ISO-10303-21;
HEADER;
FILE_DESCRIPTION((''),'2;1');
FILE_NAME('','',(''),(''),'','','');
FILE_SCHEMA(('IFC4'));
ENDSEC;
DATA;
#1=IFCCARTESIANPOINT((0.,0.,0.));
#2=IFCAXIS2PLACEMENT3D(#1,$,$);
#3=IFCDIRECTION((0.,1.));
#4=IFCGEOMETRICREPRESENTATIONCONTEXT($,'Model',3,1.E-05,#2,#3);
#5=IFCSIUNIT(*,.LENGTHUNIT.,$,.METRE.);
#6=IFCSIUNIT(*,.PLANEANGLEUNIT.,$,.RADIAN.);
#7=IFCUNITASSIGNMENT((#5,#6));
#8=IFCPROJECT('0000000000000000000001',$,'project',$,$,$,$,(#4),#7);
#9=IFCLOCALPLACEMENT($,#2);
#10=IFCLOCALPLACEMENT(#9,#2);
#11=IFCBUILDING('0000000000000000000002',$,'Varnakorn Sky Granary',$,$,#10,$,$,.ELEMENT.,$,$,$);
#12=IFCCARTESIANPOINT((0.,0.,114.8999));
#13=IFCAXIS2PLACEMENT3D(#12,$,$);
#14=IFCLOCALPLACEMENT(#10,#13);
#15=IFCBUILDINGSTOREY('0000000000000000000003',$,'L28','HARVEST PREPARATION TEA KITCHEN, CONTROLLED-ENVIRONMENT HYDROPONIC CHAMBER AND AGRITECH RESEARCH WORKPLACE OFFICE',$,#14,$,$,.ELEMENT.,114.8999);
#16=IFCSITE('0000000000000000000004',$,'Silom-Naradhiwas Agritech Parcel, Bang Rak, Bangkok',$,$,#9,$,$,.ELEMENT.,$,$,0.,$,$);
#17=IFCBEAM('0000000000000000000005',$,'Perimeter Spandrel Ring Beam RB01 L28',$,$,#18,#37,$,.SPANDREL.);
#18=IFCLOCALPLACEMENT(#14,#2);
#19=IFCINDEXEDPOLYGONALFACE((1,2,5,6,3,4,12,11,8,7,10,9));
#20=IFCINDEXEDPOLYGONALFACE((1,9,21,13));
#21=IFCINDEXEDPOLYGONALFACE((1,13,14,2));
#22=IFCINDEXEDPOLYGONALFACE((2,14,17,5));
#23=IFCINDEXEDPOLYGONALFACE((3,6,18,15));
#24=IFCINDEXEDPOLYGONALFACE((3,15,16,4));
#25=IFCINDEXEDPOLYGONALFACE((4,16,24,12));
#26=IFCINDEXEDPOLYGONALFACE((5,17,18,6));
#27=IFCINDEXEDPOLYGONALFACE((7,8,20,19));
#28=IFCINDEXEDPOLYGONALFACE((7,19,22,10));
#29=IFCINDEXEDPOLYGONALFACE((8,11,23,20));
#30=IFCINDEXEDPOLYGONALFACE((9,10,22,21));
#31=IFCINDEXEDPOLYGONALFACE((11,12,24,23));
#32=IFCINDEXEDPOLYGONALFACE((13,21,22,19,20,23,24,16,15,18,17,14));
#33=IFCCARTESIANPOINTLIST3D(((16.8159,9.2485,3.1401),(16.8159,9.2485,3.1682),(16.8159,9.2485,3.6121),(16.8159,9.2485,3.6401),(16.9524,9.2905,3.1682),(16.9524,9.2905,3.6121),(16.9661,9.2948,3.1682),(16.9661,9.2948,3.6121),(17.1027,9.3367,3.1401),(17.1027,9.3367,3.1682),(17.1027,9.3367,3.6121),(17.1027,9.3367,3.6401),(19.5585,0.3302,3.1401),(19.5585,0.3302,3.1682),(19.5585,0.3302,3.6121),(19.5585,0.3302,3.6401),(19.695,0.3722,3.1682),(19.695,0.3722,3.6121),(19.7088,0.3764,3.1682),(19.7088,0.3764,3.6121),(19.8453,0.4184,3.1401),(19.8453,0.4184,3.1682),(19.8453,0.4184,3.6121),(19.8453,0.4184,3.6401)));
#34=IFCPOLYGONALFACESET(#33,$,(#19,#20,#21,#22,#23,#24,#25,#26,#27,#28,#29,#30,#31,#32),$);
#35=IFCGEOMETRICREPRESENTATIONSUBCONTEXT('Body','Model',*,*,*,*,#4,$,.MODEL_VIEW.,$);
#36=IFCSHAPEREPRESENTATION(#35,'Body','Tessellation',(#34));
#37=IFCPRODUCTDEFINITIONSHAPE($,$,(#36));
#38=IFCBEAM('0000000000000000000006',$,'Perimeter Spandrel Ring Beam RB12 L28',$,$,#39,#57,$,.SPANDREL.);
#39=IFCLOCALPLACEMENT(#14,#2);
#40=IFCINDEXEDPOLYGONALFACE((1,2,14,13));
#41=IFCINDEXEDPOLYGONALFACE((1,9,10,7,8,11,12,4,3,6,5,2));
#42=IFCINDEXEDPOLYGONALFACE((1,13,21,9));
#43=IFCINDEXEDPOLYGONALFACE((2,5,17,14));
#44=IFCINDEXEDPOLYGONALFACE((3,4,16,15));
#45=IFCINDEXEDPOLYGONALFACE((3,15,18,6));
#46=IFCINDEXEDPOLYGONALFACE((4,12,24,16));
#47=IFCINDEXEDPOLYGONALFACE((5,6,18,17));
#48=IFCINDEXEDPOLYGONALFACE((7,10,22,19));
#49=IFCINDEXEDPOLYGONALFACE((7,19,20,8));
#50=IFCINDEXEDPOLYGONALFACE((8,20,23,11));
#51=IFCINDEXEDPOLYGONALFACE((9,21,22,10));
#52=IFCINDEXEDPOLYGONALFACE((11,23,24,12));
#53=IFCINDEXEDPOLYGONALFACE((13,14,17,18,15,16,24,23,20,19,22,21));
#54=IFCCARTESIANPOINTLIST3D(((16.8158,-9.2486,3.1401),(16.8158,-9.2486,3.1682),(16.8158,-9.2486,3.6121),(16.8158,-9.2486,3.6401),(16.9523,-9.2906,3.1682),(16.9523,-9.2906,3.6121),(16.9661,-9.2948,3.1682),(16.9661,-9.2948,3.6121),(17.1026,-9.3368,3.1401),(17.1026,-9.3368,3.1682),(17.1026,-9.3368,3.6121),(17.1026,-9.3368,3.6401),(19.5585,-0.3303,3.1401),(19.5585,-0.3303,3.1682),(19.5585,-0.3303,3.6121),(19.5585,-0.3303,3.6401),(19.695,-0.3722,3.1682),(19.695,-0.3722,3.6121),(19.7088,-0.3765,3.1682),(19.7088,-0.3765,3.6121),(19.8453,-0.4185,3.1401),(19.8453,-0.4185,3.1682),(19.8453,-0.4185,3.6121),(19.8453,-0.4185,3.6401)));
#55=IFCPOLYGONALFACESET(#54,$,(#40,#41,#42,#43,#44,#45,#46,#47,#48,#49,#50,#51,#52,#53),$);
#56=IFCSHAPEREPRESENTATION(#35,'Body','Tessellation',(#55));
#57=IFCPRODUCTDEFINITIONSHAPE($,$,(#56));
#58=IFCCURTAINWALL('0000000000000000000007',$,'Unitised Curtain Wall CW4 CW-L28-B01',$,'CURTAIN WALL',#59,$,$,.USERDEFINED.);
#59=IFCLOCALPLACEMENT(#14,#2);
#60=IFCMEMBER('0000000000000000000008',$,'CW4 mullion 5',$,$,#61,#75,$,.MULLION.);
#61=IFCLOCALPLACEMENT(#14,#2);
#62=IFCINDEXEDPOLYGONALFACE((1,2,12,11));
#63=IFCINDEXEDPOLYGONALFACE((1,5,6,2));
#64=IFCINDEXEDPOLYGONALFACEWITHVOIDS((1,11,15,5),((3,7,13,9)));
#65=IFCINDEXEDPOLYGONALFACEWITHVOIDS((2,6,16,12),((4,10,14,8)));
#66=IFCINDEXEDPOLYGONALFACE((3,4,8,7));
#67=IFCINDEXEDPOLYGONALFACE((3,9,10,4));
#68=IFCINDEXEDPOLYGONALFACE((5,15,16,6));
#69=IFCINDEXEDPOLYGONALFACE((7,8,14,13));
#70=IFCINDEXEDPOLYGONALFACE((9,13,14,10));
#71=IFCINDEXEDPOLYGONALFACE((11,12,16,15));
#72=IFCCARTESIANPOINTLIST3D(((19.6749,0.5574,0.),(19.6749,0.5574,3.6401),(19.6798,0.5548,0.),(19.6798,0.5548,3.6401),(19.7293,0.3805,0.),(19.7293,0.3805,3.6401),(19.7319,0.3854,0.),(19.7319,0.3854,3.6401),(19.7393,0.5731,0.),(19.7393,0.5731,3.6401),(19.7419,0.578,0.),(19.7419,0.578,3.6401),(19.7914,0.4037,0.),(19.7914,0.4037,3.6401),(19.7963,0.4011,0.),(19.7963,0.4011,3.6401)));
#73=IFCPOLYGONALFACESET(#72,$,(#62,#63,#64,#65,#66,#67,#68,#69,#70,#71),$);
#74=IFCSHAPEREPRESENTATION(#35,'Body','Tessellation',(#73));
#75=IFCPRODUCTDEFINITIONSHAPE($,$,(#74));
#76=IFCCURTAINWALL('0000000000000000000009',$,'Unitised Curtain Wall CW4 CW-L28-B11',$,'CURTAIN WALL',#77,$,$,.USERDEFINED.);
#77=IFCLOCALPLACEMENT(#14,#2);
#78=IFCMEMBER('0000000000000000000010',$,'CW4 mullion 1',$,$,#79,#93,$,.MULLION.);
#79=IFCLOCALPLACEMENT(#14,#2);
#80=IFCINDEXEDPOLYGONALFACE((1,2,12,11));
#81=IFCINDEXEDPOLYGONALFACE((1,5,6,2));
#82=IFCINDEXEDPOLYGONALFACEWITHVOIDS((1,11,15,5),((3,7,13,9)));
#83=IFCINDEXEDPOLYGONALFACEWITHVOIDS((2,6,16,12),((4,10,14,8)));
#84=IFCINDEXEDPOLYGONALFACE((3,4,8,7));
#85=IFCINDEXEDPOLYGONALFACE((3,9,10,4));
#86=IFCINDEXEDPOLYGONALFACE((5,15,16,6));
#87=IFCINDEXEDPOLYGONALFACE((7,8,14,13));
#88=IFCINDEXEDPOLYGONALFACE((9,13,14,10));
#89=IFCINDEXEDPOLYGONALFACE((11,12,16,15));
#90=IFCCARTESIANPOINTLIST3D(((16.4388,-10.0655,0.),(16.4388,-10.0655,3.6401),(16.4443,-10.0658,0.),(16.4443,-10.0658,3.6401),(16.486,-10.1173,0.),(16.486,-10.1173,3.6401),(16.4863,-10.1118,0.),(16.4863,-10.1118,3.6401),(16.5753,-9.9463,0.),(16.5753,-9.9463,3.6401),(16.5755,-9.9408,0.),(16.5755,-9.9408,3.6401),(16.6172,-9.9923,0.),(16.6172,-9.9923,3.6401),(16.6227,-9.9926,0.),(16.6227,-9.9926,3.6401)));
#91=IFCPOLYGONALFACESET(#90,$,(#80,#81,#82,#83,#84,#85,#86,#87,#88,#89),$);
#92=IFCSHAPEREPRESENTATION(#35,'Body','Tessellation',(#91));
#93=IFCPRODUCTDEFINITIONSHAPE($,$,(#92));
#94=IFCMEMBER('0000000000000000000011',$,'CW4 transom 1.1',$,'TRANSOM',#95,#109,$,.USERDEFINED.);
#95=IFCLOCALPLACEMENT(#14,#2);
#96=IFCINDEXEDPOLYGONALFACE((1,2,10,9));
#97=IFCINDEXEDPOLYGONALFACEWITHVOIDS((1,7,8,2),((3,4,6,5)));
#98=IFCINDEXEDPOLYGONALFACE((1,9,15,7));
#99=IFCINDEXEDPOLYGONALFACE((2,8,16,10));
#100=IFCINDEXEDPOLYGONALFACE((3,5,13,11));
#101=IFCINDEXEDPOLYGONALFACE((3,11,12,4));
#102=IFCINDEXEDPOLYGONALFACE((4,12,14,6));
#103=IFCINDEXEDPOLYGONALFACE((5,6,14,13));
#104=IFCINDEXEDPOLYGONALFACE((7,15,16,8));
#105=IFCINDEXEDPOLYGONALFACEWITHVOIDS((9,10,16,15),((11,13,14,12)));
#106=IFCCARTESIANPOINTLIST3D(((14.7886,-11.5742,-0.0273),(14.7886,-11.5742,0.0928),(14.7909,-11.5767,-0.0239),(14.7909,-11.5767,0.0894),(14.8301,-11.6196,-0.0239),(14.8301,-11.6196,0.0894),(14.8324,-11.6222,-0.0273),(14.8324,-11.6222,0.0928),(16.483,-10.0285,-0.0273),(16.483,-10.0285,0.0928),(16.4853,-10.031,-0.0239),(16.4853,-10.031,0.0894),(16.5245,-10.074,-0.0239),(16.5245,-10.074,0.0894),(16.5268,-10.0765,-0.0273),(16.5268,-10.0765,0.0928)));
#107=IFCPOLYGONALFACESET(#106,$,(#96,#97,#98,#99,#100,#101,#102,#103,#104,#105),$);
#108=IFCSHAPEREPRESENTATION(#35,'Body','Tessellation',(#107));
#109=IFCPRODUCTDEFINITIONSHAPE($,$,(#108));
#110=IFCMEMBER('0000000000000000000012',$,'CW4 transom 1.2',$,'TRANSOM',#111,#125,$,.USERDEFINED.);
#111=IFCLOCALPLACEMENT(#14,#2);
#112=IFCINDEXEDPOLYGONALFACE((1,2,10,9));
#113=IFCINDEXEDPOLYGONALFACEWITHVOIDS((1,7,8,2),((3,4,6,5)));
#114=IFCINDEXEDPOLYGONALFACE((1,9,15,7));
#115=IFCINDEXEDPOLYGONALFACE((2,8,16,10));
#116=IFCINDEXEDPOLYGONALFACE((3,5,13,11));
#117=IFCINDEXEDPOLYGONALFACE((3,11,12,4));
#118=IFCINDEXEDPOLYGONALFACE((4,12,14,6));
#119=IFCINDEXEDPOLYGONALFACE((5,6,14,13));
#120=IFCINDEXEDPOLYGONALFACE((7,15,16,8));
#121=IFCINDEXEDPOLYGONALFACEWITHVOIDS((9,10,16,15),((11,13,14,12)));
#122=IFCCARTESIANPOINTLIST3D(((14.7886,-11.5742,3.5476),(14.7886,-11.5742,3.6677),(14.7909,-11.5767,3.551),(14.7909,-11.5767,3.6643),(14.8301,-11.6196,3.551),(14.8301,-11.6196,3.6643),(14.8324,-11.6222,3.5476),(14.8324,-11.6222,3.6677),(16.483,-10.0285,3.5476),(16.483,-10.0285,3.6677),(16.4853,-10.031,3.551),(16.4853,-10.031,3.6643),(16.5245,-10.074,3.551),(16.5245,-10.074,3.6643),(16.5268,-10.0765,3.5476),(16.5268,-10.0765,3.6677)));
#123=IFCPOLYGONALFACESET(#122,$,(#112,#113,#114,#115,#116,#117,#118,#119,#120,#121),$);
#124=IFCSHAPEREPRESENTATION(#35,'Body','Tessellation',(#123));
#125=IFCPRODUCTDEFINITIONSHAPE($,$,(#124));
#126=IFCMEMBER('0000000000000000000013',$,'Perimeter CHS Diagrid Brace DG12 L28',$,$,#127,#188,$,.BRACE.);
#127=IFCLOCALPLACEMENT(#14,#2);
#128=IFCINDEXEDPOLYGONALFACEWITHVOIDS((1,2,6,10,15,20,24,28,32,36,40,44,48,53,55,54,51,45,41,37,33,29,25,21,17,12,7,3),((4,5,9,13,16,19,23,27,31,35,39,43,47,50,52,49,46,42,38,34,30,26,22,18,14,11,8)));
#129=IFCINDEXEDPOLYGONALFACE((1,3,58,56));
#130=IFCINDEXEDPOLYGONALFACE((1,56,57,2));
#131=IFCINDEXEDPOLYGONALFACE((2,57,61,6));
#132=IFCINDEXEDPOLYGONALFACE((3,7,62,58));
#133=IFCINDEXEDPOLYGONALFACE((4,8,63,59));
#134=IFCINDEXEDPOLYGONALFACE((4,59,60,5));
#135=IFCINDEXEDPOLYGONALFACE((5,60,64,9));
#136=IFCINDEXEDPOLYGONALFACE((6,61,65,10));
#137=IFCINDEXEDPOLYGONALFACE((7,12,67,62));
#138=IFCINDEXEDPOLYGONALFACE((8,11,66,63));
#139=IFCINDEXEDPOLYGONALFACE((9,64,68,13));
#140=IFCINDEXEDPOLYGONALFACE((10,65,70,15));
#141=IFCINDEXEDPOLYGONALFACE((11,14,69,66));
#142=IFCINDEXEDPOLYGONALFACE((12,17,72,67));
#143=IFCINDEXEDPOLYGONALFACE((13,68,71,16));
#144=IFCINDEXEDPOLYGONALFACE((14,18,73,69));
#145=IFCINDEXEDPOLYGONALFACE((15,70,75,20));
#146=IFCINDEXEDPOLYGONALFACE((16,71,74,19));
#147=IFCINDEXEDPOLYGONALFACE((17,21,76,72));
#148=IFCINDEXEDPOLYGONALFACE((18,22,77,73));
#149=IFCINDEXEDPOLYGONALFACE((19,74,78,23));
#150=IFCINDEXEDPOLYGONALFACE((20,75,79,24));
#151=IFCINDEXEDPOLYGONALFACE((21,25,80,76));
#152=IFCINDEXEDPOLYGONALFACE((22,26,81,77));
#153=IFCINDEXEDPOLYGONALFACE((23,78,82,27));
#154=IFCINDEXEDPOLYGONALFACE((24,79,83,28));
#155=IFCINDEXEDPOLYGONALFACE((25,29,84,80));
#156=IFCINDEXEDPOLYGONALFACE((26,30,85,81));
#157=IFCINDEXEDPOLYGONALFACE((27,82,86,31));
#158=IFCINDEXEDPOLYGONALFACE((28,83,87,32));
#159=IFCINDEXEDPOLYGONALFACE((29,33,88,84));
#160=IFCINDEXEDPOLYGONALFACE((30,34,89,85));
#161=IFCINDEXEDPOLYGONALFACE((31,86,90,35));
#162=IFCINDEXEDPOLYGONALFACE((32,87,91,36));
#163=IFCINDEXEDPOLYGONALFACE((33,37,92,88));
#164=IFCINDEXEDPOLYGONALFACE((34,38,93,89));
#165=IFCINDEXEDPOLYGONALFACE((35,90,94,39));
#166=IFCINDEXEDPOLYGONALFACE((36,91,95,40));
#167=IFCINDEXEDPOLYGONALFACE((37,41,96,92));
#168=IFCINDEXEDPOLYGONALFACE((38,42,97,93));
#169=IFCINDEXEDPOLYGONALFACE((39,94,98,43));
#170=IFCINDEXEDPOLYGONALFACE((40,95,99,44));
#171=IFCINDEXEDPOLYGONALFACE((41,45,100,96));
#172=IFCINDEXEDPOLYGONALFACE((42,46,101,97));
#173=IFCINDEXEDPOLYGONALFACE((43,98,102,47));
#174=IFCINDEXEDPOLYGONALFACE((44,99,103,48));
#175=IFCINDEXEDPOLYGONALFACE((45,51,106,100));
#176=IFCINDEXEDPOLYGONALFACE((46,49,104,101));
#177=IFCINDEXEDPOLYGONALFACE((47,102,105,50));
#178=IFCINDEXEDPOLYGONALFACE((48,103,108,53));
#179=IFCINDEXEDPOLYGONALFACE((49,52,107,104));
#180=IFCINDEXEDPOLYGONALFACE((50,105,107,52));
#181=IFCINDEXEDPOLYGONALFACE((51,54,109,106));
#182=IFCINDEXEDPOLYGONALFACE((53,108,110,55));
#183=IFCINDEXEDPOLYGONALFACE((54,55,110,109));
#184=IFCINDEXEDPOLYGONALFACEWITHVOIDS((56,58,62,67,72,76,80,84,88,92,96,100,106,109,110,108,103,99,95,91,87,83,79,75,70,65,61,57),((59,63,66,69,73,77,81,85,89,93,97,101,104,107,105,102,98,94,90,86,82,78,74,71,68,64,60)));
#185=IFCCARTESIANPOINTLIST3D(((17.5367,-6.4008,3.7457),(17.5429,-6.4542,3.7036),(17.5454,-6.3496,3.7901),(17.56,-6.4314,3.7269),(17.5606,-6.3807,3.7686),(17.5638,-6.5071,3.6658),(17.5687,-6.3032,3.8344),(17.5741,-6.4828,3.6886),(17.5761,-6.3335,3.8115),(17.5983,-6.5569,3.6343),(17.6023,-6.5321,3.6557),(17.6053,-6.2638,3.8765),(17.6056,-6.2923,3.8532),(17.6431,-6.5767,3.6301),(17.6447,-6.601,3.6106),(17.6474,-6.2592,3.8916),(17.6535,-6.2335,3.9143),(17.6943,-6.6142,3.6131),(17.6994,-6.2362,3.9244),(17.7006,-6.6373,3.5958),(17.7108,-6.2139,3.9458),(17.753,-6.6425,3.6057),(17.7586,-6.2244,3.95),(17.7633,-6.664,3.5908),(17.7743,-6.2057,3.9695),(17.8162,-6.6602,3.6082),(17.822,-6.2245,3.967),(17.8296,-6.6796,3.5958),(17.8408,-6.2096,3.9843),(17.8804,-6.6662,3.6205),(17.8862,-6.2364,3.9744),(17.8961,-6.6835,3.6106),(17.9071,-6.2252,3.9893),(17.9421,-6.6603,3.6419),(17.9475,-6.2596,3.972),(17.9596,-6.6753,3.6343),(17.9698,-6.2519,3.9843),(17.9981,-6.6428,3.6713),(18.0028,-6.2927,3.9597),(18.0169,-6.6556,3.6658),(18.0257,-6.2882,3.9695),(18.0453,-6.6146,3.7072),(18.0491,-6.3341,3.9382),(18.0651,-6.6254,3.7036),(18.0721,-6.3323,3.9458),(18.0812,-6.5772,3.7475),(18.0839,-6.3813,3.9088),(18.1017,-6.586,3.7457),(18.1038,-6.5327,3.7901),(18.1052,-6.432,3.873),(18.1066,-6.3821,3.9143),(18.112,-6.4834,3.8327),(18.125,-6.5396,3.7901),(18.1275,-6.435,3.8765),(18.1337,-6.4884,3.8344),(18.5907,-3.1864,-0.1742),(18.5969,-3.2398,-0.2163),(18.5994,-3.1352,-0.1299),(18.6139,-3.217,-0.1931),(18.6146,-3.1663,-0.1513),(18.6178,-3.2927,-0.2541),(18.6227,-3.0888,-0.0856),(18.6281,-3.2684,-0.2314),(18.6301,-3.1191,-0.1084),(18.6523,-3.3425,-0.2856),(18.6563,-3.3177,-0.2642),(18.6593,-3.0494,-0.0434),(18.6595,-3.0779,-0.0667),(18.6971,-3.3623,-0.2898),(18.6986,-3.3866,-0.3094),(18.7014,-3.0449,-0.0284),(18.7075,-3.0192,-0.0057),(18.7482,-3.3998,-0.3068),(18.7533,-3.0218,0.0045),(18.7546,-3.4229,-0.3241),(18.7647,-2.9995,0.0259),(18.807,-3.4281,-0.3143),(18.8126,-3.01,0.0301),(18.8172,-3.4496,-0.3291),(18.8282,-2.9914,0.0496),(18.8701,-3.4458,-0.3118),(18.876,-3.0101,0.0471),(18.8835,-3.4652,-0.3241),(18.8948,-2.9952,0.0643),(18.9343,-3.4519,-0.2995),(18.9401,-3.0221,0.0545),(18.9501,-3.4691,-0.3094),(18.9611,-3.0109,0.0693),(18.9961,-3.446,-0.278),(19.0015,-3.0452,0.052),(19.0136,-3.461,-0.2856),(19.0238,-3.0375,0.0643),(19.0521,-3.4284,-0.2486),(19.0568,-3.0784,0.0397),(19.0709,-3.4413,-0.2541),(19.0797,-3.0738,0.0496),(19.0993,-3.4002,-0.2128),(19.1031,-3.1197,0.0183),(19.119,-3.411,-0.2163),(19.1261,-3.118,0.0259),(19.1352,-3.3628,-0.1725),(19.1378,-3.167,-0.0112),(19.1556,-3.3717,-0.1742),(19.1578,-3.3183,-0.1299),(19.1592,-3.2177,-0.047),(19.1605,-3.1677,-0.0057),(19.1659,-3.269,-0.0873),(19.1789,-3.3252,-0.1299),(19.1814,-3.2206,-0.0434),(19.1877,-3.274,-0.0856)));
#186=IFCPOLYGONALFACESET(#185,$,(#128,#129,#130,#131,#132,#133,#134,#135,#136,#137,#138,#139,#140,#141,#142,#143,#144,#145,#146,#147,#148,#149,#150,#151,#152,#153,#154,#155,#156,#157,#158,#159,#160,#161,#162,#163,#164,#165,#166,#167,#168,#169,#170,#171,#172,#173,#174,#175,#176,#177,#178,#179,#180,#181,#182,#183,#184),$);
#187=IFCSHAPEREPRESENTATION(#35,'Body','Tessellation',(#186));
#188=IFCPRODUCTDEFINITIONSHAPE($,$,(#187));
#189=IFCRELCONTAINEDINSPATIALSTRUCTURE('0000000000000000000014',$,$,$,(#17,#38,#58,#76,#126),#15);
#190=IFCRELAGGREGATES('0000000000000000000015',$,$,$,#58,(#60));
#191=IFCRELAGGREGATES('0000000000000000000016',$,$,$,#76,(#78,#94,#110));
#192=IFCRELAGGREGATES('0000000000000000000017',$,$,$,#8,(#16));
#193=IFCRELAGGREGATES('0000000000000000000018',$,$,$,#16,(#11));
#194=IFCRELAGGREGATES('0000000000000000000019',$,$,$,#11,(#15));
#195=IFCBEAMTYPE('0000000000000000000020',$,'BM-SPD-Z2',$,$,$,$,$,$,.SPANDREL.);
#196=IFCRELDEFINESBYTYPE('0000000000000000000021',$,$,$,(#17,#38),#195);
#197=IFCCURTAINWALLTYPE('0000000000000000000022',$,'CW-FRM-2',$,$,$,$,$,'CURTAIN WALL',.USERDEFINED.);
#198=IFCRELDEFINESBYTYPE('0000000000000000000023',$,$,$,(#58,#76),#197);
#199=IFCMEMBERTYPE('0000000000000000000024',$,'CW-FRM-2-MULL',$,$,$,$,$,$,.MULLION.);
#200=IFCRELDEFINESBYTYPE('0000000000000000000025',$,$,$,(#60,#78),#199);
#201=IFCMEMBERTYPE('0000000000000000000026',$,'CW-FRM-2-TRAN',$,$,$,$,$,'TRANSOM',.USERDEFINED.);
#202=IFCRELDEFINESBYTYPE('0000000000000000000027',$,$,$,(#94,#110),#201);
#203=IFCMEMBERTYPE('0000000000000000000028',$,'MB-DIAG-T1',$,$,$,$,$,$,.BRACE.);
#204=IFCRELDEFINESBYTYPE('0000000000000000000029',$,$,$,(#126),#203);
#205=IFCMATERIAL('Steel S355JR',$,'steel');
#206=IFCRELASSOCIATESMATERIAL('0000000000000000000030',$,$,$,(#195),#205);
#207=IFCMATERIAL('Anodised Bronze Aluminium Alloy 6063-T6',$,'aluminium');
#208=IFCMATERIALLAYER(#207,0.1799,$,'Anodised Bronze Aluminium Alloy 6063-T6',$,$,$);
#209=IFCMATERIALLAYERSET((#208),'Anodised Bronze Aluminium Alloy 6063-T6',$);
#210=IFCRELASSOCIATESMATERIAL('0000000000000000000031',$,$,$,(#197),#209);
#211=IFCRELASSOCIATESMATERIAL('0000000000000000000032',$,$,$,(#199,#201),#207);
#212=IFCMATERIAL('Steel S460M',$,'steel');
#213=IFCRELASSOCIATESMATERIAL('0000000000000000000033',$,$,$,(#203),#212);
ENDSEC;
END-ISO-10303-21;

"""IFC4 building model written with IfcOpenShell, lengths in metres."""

from ifc_helpers import new_model, si_unit, direction, frame, origin, origin_2d, place, context, subcontext, project, spatial, hollow_rectangle, hollow_circle, i_section, extrude, material, layer, layer_set, material_profile, profile_set, type_object, element, aggregate, save


model = new_model("IFC4")

# Units and contexts
model_context = context("Model", 3, precision=1e-05, world=origin(), true_north=direction((0.0, 1.0)))
body_context = subcontext(model_context, "Body", "Model", "MODEL_VIEW")
ifc_project = project(units=[si_unit("LENGTHUNIT", "METRE"), si_unit("PLANEANGLEUNIT", "RADIAN")], contexts=[model_context])

# Site, building, storey
site_placement = place(None, origin())
site = spatial("IfcSite", under=ifc_project, at=site_placement, Name="Silom-Naradhiwas Agritech Parcel, Bang Rak, Bangkok", CompositionType="ELEMENT", RefElevation=0.0)
building_placement = place(site_placement, origin())
building = spatial("IfcBuilding", under=site, at=building_placement, Name="Varnakorn Sky Granary", CompositionType="ELEMENT")
storey_placement = place(building_placement, frame((0.0, 0.0, 114.8999)))
storey = spatial("IfcBuildingStorey", under=building, at=storey_placement, Name="L28", Description="HARVEST PREPARATION TEA KITCHEN, CONTROLLED-ENVIRONMENT HYDROPONIC CHAMBER AND AGRITECH RESEARCH WORKPLACE OFFICE", CompositionType="ELEMENT", Elevation=114.8999)

# Shared definitions
ifc_material_1 = material(Name="Steel S460M", Category="steel")

# Beams
ifc_material_2 = material(Name="Steel S355JR", Category="steel")
ifc_material_profile_1 = material_profile(ifc_material_2, i_section(OverallWidth=0.3, OverallDepth=0.5, WebThickness=0.0144, FlangeThickness=0.0281, at=origin_2d()), Name="HE 500 B")
ifc_profile_set_1 = profile_set([ifc_material_profile_1], Name="Steel S355JR")
beam_type_1 = type_object("IfcBeamType", Name="BM-SPD-Z2", PredefinedType="SPANDREL", material=ifc_profile_set_1)
for number, where, z_axis, x_axis, name in (
    (1, (19.7019, 0.3743, 3.3901), (-0.293942, 0.955823, 0.0), (-0.955823, -0.293942, 0.0), "Perimeter Spandrel Ring Beam RB01 L28"),
    (2, (16.9592, -9.2927, 3.3901), (0.293942, 0.955823, 0.0), (-0.955823, 0.293942, 0.0), "Perimeter Spandrel Ring Beam RB12 L28"),
):
    element("IfcBeam", number, at=place(storey_placement, frame(where, z_axis=z_axis, x_axis=x_axis)), inside=storey, type_object=beam_type_1, Name=name, PredefinedType="SPANDREL", context=body_context, shape_type="SweptSolid", body=[
        extrude(i_section(OverallWidth=0.3, OverallDepth=0.5, WebThickness=0.0144, FlangeThickness=0.0281, at=origin_2d()), origin(), (0.0, 0.0, 1.0), 9.3306),
    ])

# Curtain wall, member
ifc_material_3 = material(Name="Anodised Bronze Aluminium Alloy 6063-T6", Category="aluminium")
ifc_layer_1 = layer(ifc_material_3, 0.1799, Name="Anodised Bronze Aluminium Alloy 6063-T6")
ifc_layer_set_1 = layer_set([ifc_layer_1], Name="Anodised Bronze Aluminium Alloy 6063-T6")
curtain_wall_type = type_object("IfcCurtainWallType", Name="CW-FRM-2", ElementType="CURTAIN WALL", PredefinedType="USERDEFINED", material=ifc_layer_set_1)
curtain_wall_1_placement = place(storey_placement, origin())
curtain_wall_1 = element("IfcCurtainWall", 3, at=curtain_wall_1_placement, inside=storey, type_object=curtain_wall_type, Name="Unitised Curtain Wall CW4 CW-L28-B01", ObjectType="CURTAIN WALL", PredefinedType="USERDEFINED")
ifc_material_profile_2 = material_profile(ifc_material_3, hollow_rectangle(XDim=0.0701, YDim=0.1851, WallThickness=0.0039, at=origin_2d()), Name="ALU MULL 70x185")
ifc_profile_set_2 = profile_set([ifc_material_profile_2], Name="Anodised Bronze Aluminium Alloy 6063-T6")
member_type_1 = type_object("IfcMemberType", Name="CW-FRM-2-MULL", PredefinedType="MULLION", material=ifc_profile_set_2)
member_1_placement = place(storey_placement, frame((19.7356, 0.4792, 0.0), z_axis=(0.0, 0.0, 1.0), x_axis=(0.955783, 0.294071, 0.0)))
member_1 = element("IfcMember", 4, at=member_1_placement, type_object=member_type_1, Name="CW4 mullion 5", PredefinedType="MULLION", context=body_context, shape_type="SweptSolid", body=[
    extrude(hollow_rectangle(XDim=0.0701, YDim=0.1851, WallThickness=0.0039, at=origin_2d()), origin(), (0.0, 0.0, 1.0), 3.6401),
])
aggregate(curtain_wall_1, [member_1])

# Curtain wall, members
curtain_wall_2_placement = place(storey_placement, origin())
curtain_wall_2 = element("IfcCurtainWall", 5, at=curtain_wall_2_placement, inside=storey, type_object=curtain_wall_type, Name="Unitised Curtain Wall CW4 CW-L28-B11", ObjectType="CURTAIN WALL", PredefinedType="USERDEFINED")
member_2_placement = place(storey_placement, frame((16.5308, -10.0291, 0.0), z_axis=(0.0, 0.0, 1.0), x_axis=(0.673925, -0.7388, 0.0)))
member_2 = element("IfcMember", 6, at=member_2_placement, type_object=member_type_1, Name="CW4 mullion 1", PredefinedType="MULLION", context=body_context, shape_type="SweptSolid", body=[
    extrude(hollow_rectangle(XDim=0.0701, YDim=0.1851, WallThickness=0.0039, at=origin_2d()), origin(), (0.0, 0.0, 1.0), 3.6401),
])
ifc_material_profile_3 = material_profile(ifc_material_3, hollow_rectangle(XDim=0.0649, YDim=0.1201, WallThickness=0.0034, at=origin_2d()), Name="ALU TRAN 65x120")
ifc_profile_set_3 = profile_set([ifc_material_profile_3], Name="Anodised Bronze Aluminium Alloy 6063-T6")
member_type_2 = type_object("IfcMemberType", Name="CW-FRM-2-TRAN", ElementType="TRANSOM", PredefinedType="USERDEFINED", material=ifc_profile_set_3)
member_3_placement = place(storey_placement, frame((16.5049, -10.0525, 0.0327), z_axis=(-0.738778, -0.673949, 0.0), x_axis=(0.673949, -0.738778, 0.0)))
member_3 = element("IfcMember", 7, at=member_3_placement, type_object=member_type_2, Name="CW4 transom 1.1", ObjectType="TRANSOM", PredefinedType="USERDEFINED", context=body_context, shape_type="SweptSolid", body=[
    extrude(hollow_rectangle(XDim=0.0649, YDim=0.1201, WallThickness=0.0034, at=origin_2d()), origin(), (0.0, 0.0, 1.0), 2.2935),
])
member_4_placement = place(storey_placement, frame((16.5049, -10.0525, 3.6077), z_axis=(-0.738778, -0.673949, 0.0), x_axis=(0.673949, -0.738778, 0.0)))
member_4 = element("IfcMember", 8, at=member_4_placement, type_object=member_type_2, Name="CW4 transom 1.2", ObjectType="TRANSOM", PredefinedType="USERDEFINED", context=body_context, shape_type="SweptSolid", body=[
    extrude(hollow_rectangle(XDim=0.0649, YDim=0.1201, WallThickness=0.0034, at=origin_2d()), origin(), (0.0, 0.0, 1.0), 2.2935),
])

# Member
ifc_material_profile_4 = material_profile(ifc_material_1, hollow_circle(Radius=0.3049, WallThickness=0.0222, at=origin_2d()), Name="CHS 610x22")
ifc_profile_set_4 = profile_set([ifc_material_profile_4], Name="Steel S460M")
member_type_3 = type_object("IfcMemberType", Name="MB-DIAG-T1", PredefinedType="BRACE", material=ifc_profile_set_4)
member_5_placement = place(storey_placement, frame((18.8892, -3.2302, -0.1299), z_axis=(-0.203556, -0.620806, 0.757076), x_axis=(0.950224, -0.311569, 0.0)))
element("IfcMember", 9, at=member_5_placement, inside=storey, type_object=member_type_3, Name="Perimeter CHS Diagrid Brace DG12 L28", PredefinedType="BRACE", context=body_context, shape_type="SweptSolid", body=[
    extrude(hollow_circle(Radius=0.3049, WallThickness=0.0222, at=origin_2d()), origin(), (0.0, 0.0, 1.0), 5.1777),
])

aggregate(curtain_wall_2, [member_2, member_3, member_4])

save(model, "model.ifc")
